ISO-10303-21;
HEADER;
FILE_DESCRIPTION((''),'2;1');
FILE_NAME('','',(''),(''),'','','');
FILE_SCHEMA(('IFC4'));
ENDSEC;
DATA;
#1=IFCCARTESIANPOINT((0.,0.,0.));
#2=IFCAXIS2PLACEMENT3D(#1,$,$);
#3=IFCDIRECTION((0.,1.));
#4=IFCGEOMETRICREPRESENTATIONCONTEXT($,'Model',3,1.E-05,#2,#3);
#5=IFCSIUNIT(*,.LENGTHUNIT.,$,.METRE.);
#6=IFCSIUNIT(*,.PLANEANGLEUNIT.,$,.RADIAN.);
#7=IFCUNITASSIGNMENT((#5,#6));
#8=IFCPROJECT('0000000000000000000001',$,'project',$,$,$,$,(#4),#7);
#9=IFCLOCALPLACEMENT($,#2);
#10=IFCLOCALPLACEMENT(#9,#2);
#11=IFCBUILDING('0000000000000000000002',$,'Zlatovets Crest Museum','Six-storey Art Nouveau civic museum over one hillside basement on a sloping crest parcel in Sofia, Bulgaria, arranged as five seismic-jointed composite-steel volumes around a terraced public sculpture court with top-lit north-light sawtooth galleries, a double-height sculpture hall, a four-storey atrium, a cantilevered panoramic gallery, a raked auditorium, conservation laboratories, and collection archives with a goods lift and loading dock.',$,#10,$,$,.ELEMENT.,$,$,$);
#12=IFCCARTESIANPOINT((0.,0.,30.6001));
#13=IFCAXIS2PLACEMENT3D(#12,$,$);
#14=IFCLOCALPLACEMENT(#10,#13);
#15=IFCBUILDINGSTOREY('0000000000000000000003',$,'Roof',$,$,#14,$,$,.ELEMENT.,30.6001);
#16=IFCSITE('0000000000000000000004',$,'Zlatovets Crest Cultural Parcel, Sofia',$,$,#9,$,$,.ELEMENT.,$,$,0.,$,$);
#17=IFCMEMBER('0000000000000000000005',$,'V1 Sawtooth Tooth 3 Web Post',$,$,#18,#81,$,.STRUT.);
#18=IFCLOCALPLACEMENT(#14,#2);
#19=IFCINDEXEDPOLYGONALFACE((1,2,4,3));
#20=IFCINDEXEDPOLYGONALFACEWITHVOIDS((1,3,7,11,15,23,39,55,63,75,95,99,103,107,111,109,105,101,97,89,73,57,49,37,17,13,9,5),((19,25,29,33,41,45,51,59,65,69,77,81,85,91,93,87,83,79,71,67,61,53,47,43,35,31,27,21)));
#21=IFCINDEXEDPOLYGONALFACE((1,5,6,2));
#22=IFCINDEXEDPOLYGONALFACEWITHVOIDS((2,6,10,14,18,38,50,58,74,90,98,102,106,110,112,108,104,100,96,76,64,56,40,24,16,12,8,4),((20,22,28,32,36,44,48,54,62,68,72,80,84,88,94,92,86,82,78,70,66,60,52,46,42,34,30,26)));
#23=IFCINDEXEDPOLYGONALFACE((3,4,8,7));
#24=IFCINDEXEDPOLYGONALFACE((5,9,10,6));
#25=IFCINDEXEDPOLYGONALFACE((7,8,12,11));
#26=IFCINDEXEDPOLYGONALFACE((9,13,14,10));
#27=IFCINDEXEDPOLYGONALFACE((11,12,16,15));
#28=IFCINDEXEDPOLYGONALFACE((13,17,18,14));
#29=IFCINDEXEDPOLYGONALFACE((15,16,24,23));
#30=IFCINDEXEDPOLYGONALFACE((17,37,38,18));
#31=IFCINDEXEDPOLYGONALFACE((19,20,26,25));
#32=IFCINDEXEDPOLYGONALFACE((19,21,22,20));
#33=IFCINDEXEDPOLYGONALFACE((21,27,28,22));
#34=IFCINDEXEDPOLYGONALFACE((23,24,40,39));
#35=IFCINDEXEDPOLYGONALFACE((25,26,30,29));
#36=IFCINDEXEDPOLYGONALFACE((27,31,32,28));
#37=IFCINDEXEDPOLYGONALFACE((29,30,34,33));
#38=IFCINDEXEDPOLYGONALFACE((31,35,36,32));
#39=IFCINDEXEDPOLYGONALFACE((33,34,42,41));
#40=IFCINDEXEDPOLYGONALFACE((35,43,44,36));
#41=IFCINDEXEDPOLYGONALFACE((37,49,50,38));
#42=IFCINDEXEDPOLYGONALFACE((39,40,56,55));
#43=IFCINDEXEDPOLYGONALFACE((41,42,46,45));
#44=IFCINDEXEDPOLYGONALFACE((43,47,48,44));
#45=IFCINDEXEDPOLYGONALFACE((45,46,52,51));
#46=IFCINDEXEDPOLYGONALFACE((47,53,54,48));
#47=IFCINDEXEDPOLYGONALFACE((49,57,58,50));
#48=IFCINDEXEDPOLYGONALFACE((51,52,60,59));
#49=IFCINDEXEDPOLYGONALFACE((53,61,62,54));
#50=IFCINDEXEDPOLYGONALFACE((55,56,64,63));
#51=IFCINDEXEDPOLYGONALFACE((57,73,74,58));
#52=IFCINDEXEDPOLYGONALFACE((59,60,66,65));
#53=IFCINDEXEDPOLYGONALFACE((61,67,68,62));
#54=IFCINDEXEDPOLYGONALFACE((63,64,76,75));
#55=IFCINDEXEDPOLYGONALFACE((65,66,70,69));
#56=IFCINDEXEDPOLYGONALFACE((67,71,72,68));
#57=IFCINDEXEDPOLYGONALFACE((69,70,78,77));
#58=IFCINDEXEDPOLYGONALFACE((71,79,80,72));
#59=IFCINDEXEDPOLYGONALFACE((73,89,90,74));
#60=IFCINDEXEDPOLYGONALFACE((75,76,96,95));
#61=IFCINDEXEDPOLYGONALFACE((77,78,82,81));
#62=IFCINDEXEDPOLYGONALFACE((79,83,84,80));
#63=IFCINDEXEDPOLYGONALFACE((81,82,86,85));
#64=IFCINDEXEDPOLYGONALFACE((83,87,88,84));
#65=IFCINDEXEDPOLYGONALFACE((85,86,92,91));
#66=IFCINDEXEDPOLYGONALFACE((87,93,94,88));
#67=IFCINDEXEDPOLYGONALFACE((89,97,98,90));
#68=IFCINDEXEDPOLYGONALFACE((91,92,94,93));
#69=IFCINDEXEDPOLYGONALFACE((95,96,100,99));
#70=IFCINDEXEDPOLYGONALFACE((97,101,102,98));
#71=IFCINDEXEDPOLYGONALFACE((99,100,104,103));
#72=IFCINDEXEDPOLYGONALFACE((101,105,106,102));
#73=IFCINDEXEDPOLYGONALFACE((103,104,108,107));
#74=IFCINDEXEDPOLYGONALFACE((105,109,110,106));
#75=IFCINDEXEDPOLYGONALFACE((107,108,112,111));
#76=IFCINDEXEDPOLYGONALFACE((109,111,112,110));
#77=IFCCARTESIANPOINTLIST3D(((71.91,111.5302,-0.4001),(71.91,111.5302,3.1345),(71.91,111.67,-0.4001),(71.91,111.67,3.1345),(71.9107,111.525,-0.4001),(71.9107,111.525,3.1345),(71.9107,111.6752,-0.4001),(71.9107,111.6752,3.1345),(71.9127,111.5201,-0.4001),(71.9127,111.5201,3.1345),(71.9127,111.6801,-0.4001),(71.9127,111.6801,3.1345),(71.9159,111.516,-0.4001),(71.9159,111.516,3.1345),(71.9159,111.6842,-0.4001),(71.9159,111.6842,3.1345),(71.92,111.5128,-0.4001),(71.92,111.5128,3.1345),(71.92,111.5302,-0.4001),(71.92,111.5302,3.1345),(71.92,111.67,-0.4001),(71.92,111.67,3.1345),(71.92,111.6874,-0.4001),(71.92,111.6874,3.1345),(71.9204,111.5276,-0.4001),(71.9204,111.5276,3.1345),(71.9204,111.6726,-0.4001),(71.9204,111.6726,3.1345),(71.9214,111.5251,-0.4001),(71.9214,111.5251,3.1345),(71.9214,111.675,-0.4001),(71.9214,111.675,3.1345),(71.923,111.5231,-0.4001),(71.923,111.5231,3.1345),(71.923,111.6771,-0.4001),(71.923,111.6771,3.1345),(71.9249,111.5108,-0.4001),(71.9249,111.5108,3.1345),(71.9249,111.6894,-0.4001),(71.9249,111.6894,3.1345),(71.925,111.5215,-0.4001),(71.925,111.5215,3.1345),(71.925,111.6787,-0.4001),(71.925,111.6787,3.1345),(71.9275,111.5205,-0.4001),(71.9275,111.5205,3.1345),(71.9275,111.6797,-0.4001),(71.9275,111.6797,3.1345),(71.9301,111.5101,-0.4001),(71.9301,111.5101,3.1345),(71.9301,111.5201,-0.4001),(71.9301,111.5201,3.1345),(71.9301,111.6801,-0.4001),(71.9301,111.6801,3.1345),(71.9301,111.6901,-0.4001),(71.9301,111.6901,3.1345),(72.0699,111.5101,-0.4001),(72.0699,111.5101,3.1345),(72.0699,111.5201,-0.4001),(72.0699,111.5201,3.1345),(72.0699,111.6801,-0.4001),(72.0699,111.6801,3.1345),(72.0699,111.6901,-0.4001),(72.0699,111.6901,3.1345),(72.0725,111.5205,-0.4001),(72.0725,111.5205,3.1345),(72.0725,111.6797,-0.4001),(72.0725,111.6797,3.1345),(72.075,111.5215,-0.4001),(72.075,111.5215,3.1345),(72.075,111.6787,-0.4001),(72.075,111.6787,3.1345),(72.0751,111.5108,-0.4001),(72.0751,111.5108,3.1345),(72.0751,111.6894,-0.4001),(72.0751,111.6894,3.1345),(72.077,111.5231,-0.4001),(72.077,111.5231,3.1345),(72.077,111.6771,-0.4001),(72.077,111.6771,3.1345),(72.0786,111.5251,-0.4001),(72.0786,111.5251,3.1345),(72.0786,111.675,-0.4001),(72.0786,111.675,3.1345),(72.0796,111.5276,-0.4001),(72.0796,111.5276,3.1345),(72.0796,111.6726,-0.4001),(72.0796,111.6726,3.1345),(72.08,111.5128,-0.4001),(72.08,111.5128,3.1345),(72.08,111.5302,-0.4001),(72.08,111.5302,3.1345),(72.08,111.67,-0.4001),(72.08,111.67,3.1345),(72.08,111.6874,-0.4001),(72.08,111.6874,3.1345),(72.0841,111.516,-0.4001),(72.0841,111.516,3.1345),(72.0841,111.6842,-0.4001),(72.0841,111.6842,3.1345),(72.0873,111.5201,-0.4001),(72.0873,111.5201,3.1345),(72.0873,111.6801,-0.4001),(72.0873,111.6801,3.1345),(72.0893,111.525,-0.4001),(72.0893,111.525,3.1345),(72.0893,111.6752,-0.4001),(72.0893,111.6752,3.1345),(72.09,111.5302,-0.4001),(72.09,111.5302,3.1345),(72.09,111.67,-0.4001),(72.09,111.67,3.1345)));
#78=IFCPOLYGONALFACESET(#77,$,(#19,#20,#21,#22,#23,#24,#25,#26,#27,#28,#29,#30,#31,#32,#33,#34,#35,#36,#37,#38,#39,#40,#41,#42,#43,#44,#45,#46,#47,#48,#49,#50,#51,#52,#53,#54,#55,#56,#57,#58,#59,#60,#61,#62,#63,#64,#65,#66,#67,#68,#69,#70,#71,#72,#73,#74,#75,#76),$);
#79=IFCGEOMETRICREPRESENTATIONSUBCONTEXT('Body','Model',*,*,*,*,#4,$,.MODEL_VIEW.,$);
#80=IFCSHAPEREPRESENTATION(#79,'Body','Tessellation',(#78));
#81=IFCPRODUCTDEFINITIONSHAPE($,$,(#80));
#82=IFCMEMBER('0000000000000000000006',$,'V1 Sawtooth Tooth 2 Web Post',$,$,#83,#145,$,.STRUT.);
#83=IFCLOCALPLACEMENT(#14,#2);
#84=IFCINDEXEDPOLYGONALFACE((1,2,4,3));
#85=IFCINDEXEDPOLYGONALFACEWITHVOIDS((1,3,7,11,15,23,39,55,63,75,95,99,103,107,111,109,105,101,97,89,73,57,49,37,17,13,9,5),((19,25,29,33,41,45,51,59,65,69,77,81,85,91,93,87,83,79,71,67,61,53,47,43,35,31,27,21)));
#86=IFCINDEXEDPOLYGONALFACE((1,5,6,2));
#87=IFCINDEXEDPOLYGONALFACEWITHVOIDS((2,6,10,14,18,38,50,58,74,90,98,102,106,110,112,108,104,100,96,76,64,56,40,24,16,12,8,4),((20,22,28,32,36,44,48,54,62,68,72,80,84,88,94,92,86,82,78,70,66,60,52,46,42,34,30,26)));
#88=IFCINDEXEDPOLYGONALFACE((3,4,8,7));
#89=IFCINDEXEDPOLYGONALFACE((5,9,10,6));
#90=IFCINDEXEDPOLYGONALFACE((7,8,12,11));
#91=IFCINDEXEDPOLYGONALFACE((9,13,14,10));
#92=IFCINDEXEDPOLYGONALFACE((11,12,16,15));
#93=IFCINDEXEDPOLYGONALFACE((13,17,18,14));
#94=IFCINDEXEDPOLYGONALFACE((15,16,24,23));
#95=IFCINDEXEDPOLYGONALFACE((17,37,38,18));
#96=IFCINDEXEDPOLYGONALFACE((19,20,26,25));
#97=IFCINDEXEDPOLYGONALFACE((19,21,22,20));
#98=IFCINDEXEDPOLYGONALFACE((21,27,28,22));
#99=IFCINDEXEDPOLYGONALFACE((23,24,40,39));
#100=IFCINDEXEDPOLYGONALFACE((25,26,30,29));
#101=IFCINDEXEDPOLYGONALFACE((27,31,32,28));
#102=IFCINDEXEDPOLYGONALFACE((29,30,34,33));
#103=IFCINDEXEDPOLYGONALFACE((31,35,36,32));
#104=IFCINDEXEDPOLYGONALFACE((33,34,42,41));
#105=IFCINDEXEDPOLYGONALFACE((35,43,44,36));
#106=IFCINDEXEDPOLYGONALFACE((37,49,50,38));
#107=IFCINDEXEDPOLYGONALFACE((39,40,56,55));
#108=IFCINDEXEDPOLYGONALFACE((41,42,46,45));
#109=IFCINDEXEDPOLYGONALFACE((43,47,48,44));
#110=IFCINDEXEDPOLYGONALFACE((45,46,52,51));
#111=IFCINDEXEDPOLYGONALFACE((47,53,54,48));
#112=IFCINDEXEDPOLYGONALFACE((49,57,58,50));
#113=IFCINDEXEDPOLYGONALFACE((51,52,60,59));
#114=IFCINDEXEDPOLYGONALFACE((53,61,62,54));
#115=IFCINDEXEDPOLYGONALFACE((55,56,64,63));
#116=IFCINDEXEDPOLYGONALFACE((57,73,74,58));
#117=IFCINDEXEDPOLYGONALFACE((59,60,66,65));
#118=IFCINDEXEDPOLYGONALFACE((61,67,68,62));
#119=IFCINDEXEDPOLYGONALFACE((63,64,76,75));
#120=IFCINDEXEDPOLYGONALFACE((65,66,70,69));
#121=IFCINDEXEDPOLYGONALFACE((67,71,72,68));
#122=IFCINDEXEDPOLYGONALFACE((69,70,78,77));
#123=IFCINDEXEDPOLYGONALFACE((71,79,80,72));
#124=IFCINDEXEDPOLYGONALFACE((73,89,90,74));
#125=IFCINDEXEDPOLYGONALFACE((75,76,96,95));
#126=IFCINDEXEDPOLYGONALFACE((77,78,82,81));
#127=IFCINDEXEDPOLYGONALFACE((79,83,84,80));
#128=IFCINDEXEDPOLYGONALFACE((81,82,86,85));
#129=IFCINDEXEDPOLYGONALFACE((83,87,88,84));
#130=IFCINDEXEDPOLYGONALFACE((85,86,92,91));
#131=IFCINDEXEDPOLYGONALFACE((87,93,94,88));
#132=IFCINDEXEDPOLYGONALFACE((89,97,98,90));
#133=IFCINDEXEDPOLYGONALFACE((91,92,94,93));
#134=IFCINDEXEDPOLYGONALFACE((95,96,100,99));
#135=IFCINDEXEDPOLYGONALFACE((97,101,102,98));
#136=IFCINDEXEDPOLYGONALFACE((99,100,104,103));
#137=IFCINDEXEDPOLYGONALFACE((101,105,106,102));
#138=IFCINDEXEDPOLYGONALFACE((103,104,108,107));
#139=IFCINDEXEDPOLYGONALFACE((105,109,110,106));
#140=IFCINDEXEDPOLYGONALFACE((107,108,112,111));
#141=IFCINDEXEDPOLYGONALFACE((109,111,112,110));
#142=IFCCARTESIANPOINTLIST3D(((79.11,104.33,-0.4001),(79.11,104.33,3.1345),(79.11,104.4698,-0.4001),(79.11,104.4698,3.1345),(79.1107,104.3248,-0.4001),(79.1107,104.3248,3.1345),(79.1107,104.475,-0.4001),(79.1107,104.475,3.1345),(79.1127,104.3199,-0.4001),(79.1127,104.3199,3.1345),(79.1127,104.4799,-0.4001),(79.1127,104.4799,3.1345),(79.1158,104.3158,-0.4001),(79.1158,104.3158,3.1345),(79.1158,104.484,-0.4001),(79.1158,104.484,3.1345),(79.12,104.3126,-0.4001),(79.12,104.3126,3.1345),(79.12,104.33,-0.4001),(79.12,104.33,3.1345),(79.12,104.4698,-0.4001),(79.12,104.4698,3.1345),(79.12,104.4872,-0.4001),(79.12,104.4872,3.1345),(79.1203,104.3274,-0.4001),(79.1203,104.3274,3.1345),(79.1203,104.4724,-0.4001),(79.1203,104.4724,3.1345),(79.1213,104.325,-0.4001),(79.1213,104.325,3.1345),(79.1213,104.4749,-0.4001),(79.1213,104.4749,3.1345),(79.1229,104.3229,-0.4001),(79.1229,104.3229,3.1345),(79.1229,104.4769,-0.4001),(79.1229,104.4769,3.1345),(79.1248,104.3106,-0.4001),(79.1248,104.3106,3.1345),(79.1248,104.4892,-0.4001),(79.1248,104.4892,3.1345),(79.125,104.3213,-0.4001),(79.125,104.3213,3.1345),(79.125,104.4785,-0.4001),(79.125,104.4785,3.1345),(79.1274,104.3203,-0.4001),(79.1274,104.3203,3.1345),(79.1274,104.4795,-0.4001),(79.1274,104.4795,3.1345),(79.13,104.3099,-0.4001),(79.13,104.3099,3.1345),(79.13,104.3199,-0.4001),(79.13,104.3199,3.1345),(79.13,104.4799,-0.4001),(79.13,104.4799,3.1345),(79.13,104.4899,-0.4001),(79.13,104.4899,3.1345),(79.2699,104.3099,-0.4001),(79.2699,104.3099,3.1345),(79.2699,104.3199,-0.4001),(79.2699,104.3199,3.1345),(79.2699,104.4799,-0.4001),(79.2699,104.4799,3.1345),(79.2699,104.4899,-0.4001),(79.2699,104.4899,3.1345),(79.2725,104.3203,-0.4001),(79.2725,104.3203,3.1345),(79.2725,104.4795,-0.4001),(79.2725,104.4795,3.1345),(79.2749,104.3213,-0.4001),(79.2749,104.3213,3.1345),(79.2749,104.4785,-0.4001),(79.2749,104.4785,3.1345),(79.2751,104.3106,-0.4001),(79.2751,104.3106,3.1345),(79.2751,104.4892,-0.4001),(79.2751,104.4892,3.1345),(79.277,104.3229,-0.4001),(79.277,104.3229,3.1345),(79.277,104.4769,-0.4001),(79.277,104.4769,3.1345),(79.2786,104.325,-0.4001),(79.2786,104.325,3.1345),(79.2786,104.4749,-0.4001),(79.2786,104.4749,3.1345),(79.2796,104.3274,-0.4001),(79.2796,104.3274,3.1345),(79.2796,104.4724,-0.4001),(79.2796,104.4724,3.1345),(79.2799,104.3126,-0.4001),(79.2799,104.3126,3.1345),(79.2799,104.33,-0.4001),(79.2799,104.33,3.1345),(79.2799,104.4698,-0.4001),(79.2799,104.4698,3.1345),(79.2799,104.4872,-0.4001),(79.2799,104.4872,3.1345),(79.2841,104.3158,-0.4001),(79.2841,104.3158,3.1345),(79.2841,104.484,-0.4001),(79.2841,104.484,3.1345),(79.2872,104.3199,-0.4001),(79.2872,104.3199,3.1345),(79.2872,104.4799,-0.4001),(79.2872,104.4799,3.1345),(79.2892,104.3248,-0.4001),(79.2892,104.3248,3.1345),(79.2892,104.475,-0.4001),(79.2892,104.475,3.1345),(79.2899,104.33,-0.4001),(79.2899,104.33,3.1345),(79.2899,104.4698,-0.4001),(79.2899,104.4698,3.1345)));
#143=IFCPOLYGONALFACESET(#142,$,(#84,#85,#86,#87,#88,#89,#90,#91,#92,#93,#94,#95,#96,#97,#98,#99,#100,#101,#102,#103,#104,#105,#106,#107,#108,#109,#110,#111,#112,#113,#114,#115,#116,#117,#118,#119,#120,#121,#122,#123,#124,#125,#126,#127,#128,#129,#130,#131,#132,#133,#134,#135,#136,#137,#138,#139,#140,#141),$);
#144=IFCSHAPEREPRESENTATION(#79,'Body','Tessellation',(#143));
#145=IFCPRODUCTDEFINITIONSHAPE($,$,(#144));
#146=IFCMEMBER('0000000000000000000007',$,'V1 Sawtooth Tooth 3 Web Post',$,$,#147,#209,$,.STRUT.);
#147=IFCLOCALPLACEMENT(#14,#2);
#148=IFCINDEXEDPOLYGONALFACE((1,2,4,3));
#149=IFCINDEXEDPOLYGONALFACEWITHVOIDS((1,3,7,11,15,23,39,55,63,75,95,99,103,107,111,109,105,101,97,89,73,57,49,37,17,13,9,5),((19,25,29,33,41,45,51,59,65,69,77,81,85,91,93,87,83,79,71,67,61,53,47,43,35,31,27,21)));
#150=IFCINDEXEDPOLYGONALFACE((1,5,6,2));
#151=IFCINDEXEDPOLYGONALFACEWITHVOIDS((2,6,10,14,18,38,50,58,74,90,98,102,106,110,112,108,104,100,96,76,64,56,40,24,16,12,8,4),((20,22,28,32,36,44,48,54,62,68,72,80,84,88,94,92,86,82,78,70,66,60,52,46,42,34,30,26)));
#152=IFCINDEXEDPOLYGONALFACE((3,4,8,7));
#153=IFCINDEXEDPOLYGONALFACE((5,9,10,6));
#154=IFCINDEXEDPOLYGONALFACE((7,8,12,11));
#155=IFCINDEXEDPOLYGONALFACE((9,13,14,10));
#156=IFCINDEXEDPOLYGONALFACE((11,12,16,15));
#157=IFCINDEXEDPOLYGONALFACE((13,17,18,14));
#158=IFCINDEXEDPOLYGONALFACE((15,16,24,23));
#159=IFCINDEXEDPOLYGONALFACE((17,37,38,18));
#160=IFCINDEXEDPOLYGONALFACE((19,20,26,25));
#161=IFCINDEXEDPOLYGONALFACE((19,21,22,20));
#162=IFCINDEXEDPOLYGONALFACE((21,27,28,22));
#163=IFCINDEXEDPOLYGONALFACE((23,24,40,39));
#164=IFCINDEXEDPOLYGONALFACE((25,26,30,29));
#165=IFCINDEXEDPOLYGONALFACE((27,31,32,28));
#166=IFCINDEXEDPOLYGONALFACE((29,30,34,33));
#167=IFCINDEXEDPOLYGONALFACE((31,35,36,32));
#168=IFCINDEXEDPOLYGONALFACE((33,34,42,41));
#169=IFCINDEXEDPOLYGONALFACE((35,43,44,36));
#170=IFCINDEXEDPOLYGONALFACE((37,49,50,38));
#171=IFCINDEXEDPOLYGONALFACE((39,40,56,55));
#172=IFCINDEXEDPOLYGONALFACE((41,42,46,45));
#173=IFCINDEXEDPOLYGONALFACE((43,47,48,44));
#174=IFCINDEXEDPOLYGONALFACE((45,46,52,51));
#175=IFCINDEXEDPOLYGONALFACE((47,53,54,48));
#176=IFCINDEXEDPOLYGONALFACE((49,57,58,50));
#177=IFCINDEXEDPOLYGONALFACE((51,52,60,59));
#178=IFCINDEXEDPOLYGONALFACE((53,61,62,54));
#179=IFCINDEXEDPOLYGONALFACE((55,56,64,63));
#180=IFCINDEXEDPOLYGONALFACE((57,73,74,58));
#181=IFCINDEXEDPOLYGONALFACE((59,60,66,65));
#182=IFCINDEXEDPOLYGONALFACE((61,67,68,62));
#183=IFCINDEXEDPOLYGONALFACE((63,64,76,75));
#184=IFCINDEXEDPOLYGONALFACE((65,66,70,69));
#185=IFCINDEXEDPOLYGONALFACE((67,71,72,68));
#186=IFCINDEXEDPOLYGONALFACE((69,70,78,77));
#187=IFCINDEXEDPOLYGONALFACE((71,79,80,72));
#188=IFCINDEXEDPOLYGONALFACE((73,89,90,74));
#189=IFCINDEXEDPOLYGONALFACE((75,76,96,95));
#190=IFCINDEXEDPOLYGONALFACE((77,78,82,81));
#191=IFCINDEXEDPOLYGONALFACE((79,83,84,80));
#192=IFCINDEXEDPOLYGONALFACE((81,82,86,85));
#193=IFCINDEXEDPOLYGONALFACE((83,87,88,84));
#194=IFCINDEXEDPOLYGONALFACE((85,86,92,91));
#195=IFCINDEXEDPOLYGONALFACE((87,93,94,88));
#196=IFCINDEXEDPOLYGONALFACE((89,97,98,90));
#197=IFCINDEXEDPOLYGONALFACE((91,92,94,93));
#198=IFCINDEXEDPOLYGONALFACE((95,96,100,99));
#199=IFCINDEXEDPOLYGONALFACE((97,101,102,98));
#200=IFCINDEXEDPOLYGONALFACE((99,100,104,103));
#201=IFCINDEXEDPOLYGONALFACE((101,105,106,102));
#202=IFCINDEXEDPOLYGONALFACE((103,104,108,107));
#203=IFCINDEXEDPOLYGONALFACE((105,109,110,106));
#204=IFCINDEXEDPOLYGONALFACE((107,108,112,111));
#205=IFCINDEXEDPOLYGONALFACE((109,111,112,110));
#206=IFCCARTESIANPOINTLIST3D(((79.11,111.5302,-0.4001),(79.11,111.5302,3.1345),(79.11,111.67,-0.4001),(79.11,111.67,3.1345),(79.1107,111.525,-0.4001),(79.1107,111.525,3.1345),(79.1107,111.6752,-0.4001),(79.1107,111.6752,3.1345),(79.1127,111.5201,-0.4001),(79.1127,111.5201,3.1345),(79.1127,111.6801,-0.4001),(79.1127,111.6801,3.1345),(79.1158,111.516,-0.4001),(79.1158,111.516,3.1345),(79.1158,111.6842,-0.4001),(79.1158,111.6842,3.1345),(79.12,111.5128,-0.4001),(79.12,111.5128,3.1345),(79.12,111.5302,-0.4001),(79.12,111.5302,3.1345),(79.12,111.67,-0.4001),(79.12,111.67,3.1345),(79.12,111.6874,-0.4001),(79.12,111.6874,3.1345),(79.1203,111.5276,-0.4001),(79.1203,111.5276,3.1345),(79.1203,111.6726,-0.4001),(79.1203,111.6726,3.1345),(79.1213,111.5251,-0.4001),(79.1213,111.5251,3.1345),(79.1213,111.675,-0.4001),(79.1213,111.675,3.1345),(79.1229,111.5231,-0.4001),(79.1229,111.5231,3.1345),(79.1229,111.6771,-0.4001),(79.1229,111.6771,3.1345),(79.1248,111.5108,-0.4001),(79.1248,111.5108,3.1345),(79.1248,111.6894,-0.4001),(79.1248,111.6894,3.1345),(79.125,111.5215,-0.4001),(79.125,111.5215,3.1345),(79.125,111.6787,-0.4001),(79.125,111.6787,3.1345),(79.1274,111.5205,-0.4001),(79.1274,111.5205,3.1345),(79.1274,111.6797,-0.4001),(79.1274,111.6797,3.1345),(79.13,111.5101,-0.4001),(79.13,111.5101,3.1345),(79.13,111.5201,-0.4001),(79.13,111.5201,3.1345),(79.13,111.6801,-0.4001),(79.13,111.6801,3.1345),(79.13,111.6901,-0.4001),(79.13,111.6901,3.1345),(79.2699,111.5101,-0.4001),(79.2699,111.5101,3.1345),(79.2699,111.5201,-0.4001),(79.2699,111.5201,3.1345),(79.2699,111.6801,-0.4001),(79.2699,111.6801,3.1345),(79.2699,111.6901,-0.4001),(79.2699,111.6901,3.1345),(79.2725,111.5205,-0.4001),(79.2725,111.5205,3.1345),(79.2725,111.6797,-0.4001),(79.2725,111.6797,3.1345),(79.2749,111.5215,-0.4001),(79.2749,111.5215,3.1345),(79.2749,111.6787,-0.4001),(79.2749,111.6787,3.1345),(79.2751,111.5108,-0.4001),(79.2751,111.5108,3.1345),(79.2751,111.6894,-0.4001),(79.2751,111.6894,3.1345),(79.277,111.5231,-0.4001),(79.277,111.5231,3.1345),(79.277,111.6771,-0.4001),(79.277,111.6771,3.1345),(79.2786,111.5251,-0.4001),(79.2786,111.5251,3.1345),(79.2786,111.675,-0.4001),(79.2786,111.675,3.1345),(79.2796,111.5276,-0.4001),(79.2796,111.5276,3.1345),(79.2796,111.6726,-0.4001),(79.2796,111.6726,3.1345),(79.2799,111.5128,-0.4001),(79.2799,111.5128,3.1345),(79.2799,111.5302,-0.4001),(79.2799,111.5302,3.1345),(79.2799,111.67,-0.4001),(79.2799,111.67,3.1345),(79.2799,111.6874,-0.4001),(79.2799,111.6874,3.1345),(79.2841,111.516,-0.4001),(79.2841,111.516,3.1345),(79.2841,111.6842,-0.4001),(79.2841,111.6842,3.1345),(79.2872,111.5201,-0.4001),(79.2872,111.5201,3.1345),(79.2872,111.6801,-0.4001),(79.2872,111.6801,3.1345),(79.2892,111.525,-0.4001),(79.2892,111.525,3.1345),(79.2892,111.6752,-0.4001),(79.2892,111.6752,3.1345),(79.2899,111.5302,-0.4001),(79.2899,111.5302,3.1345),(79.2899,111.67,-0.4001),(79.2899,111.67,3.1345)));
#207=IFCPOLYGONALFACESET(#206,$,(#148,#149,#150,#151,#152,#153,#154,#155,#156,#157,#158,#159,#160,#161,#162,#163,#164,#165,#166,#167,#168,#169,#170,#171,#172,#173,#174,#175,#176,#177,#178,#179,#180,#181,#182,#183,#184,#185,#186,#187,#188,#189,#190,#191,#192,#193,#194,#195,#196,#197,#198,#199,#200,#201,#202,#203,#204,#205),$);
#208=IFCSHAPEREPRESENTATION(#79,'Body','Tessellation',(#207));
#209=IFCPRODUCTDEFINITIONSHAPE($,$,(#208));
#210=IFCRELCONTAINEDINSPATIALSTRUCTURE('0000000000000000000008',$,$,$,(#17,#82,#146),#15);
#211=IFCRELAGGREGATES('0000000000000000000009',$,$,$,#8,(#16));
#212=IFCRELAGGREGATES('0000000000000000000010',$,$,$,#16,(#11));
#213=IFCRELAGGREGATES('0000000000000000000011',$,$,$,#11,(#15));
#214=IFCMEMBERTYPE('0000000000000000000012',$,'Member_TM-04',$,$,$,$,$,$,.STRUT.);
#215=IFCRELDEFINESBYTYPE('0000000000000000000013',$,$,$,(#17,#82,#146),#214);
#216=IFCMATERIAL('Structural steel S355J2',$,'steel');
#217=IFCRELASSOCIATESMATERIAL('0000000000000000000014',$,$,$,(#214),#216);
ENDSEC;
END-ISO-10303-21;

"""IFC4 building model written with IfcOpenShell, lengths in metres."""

from ifc_helpers import new_model, si_unit, direction, frame, origin, origin_2d, place, context, subcontext, project, spatial, hollow_rectangle, extrude, material, material_profile, profile_set, type_object, element, save


model = new_model("IFC4")

# Units and contexts
model_context = context("Model", 3, precision=1e-05, world=origin(), true_north=direction((0.0, 1.0)))
body_context = subcontext(model_context, "Body", "Model", "MODEL_VIEW")
ifc_project = project(units=[si_unit("LENGTHUNIT", "METRE"), si_unit("PLANEANGLEUNIT", "RADIAN")], contexts=[model_context])

# Site, building, storey
site_placement = place(None, origin())
site = spatial("IfcSite", under=ifc_project, at=site_placement, Name="Zlatovets Crest Cultural Parcel, Sofia", CompositionType="ELEMENT", RefElevation=0.0)
building_placement = place(site_placement, origin())
building = spatial("IfcBuilding", under=site, at=building_placement, Name="Zlatovets Crest Museum", Description="Six-storey Art Nouveau civic museum over one hillside basement on a sloping crest parcel in Sofia, Bulgaria, arranged as five seismic-jointed composite-steel volumes around a terraced public sculpture court with top-lit north-light sawtooth galleries, a double-height sculpture hall, a four-storey atrium, a cantilevered panoramic gallery, a raked auditorium, conservation laboratories, and collection archives with a goods lift and loading dock.", CompositionType="ELEMENT")
storey_placement = place(building_placement, frame((0.0, 0.0, 30.6001)))
storey = spatial("IfcBuildingStorey", under=building, at=storey_placement, Name="Roof", CompositionType="ELEMENT", Elevation=30.6001)

# Shared definitions
ifc_material_1 = material(Name="Structural steel S355J2", Category="steel")

# Members
ifc_material_profile_1 = material_profile(ifc_material_1, hollow_rectangle(XDim=0.1799, YDim=0.1799, WallThickness=0.01, InnerFilletRadius=0.01, OuterFilletRadius=0.02, at=origin_2d()), Name="SHS 180x180x10.0")
ifc_profile_set_1 = profile_set([ifc_material_profile_1], Name="Structural steel S355J2")
member_type_1 = type_object("IfcMemberType", Name="Member_TM-04", PredefinedType="STRUT", material=ifc_profile_set_1)
for number, where, z_axis, x_axis, name in (
    (1, (72.0, 111.6001, -0.4001), (0.0, 0.0, 1.0), (1.0, 0.0, 0.0), "V1 Sawtooth Tooth 3 Web Post"),
    (2, (79.2, 104.3999, -0.4001), (0.0, 0.0, 1.0), (1.0, 0.0, 0.0), "V1 Sawtooth Tooth 2 Web Post"),
    (3, (79.2, 111.6001, -0.4001), (0.0, 0.0, 1.0), (1.0, 0.0, 0.0), "V1 Sawtooth Tooth 3 Web Post"),
):
    element("IfcMember", number, at=place(storey_placement, frame(where, z_axis=z_axis, x_axis=x_axis)), inside=storey, type_object=member_type_1, Name=name, PredefinedType="STRUT", context=body_context, shape_type="SweptSolid", body=[
        extrude(hollow_rectangle(XDim=0.1799, YDim=0.1799, WallThickness=0.01, InnerFilletRadius=0.01, OuterFilletRadius=0.02, at=origin_2d()), origin(), (0.0, 0.0, 1.0), 3.5347),
    ])

save(model, "model.ifc")
